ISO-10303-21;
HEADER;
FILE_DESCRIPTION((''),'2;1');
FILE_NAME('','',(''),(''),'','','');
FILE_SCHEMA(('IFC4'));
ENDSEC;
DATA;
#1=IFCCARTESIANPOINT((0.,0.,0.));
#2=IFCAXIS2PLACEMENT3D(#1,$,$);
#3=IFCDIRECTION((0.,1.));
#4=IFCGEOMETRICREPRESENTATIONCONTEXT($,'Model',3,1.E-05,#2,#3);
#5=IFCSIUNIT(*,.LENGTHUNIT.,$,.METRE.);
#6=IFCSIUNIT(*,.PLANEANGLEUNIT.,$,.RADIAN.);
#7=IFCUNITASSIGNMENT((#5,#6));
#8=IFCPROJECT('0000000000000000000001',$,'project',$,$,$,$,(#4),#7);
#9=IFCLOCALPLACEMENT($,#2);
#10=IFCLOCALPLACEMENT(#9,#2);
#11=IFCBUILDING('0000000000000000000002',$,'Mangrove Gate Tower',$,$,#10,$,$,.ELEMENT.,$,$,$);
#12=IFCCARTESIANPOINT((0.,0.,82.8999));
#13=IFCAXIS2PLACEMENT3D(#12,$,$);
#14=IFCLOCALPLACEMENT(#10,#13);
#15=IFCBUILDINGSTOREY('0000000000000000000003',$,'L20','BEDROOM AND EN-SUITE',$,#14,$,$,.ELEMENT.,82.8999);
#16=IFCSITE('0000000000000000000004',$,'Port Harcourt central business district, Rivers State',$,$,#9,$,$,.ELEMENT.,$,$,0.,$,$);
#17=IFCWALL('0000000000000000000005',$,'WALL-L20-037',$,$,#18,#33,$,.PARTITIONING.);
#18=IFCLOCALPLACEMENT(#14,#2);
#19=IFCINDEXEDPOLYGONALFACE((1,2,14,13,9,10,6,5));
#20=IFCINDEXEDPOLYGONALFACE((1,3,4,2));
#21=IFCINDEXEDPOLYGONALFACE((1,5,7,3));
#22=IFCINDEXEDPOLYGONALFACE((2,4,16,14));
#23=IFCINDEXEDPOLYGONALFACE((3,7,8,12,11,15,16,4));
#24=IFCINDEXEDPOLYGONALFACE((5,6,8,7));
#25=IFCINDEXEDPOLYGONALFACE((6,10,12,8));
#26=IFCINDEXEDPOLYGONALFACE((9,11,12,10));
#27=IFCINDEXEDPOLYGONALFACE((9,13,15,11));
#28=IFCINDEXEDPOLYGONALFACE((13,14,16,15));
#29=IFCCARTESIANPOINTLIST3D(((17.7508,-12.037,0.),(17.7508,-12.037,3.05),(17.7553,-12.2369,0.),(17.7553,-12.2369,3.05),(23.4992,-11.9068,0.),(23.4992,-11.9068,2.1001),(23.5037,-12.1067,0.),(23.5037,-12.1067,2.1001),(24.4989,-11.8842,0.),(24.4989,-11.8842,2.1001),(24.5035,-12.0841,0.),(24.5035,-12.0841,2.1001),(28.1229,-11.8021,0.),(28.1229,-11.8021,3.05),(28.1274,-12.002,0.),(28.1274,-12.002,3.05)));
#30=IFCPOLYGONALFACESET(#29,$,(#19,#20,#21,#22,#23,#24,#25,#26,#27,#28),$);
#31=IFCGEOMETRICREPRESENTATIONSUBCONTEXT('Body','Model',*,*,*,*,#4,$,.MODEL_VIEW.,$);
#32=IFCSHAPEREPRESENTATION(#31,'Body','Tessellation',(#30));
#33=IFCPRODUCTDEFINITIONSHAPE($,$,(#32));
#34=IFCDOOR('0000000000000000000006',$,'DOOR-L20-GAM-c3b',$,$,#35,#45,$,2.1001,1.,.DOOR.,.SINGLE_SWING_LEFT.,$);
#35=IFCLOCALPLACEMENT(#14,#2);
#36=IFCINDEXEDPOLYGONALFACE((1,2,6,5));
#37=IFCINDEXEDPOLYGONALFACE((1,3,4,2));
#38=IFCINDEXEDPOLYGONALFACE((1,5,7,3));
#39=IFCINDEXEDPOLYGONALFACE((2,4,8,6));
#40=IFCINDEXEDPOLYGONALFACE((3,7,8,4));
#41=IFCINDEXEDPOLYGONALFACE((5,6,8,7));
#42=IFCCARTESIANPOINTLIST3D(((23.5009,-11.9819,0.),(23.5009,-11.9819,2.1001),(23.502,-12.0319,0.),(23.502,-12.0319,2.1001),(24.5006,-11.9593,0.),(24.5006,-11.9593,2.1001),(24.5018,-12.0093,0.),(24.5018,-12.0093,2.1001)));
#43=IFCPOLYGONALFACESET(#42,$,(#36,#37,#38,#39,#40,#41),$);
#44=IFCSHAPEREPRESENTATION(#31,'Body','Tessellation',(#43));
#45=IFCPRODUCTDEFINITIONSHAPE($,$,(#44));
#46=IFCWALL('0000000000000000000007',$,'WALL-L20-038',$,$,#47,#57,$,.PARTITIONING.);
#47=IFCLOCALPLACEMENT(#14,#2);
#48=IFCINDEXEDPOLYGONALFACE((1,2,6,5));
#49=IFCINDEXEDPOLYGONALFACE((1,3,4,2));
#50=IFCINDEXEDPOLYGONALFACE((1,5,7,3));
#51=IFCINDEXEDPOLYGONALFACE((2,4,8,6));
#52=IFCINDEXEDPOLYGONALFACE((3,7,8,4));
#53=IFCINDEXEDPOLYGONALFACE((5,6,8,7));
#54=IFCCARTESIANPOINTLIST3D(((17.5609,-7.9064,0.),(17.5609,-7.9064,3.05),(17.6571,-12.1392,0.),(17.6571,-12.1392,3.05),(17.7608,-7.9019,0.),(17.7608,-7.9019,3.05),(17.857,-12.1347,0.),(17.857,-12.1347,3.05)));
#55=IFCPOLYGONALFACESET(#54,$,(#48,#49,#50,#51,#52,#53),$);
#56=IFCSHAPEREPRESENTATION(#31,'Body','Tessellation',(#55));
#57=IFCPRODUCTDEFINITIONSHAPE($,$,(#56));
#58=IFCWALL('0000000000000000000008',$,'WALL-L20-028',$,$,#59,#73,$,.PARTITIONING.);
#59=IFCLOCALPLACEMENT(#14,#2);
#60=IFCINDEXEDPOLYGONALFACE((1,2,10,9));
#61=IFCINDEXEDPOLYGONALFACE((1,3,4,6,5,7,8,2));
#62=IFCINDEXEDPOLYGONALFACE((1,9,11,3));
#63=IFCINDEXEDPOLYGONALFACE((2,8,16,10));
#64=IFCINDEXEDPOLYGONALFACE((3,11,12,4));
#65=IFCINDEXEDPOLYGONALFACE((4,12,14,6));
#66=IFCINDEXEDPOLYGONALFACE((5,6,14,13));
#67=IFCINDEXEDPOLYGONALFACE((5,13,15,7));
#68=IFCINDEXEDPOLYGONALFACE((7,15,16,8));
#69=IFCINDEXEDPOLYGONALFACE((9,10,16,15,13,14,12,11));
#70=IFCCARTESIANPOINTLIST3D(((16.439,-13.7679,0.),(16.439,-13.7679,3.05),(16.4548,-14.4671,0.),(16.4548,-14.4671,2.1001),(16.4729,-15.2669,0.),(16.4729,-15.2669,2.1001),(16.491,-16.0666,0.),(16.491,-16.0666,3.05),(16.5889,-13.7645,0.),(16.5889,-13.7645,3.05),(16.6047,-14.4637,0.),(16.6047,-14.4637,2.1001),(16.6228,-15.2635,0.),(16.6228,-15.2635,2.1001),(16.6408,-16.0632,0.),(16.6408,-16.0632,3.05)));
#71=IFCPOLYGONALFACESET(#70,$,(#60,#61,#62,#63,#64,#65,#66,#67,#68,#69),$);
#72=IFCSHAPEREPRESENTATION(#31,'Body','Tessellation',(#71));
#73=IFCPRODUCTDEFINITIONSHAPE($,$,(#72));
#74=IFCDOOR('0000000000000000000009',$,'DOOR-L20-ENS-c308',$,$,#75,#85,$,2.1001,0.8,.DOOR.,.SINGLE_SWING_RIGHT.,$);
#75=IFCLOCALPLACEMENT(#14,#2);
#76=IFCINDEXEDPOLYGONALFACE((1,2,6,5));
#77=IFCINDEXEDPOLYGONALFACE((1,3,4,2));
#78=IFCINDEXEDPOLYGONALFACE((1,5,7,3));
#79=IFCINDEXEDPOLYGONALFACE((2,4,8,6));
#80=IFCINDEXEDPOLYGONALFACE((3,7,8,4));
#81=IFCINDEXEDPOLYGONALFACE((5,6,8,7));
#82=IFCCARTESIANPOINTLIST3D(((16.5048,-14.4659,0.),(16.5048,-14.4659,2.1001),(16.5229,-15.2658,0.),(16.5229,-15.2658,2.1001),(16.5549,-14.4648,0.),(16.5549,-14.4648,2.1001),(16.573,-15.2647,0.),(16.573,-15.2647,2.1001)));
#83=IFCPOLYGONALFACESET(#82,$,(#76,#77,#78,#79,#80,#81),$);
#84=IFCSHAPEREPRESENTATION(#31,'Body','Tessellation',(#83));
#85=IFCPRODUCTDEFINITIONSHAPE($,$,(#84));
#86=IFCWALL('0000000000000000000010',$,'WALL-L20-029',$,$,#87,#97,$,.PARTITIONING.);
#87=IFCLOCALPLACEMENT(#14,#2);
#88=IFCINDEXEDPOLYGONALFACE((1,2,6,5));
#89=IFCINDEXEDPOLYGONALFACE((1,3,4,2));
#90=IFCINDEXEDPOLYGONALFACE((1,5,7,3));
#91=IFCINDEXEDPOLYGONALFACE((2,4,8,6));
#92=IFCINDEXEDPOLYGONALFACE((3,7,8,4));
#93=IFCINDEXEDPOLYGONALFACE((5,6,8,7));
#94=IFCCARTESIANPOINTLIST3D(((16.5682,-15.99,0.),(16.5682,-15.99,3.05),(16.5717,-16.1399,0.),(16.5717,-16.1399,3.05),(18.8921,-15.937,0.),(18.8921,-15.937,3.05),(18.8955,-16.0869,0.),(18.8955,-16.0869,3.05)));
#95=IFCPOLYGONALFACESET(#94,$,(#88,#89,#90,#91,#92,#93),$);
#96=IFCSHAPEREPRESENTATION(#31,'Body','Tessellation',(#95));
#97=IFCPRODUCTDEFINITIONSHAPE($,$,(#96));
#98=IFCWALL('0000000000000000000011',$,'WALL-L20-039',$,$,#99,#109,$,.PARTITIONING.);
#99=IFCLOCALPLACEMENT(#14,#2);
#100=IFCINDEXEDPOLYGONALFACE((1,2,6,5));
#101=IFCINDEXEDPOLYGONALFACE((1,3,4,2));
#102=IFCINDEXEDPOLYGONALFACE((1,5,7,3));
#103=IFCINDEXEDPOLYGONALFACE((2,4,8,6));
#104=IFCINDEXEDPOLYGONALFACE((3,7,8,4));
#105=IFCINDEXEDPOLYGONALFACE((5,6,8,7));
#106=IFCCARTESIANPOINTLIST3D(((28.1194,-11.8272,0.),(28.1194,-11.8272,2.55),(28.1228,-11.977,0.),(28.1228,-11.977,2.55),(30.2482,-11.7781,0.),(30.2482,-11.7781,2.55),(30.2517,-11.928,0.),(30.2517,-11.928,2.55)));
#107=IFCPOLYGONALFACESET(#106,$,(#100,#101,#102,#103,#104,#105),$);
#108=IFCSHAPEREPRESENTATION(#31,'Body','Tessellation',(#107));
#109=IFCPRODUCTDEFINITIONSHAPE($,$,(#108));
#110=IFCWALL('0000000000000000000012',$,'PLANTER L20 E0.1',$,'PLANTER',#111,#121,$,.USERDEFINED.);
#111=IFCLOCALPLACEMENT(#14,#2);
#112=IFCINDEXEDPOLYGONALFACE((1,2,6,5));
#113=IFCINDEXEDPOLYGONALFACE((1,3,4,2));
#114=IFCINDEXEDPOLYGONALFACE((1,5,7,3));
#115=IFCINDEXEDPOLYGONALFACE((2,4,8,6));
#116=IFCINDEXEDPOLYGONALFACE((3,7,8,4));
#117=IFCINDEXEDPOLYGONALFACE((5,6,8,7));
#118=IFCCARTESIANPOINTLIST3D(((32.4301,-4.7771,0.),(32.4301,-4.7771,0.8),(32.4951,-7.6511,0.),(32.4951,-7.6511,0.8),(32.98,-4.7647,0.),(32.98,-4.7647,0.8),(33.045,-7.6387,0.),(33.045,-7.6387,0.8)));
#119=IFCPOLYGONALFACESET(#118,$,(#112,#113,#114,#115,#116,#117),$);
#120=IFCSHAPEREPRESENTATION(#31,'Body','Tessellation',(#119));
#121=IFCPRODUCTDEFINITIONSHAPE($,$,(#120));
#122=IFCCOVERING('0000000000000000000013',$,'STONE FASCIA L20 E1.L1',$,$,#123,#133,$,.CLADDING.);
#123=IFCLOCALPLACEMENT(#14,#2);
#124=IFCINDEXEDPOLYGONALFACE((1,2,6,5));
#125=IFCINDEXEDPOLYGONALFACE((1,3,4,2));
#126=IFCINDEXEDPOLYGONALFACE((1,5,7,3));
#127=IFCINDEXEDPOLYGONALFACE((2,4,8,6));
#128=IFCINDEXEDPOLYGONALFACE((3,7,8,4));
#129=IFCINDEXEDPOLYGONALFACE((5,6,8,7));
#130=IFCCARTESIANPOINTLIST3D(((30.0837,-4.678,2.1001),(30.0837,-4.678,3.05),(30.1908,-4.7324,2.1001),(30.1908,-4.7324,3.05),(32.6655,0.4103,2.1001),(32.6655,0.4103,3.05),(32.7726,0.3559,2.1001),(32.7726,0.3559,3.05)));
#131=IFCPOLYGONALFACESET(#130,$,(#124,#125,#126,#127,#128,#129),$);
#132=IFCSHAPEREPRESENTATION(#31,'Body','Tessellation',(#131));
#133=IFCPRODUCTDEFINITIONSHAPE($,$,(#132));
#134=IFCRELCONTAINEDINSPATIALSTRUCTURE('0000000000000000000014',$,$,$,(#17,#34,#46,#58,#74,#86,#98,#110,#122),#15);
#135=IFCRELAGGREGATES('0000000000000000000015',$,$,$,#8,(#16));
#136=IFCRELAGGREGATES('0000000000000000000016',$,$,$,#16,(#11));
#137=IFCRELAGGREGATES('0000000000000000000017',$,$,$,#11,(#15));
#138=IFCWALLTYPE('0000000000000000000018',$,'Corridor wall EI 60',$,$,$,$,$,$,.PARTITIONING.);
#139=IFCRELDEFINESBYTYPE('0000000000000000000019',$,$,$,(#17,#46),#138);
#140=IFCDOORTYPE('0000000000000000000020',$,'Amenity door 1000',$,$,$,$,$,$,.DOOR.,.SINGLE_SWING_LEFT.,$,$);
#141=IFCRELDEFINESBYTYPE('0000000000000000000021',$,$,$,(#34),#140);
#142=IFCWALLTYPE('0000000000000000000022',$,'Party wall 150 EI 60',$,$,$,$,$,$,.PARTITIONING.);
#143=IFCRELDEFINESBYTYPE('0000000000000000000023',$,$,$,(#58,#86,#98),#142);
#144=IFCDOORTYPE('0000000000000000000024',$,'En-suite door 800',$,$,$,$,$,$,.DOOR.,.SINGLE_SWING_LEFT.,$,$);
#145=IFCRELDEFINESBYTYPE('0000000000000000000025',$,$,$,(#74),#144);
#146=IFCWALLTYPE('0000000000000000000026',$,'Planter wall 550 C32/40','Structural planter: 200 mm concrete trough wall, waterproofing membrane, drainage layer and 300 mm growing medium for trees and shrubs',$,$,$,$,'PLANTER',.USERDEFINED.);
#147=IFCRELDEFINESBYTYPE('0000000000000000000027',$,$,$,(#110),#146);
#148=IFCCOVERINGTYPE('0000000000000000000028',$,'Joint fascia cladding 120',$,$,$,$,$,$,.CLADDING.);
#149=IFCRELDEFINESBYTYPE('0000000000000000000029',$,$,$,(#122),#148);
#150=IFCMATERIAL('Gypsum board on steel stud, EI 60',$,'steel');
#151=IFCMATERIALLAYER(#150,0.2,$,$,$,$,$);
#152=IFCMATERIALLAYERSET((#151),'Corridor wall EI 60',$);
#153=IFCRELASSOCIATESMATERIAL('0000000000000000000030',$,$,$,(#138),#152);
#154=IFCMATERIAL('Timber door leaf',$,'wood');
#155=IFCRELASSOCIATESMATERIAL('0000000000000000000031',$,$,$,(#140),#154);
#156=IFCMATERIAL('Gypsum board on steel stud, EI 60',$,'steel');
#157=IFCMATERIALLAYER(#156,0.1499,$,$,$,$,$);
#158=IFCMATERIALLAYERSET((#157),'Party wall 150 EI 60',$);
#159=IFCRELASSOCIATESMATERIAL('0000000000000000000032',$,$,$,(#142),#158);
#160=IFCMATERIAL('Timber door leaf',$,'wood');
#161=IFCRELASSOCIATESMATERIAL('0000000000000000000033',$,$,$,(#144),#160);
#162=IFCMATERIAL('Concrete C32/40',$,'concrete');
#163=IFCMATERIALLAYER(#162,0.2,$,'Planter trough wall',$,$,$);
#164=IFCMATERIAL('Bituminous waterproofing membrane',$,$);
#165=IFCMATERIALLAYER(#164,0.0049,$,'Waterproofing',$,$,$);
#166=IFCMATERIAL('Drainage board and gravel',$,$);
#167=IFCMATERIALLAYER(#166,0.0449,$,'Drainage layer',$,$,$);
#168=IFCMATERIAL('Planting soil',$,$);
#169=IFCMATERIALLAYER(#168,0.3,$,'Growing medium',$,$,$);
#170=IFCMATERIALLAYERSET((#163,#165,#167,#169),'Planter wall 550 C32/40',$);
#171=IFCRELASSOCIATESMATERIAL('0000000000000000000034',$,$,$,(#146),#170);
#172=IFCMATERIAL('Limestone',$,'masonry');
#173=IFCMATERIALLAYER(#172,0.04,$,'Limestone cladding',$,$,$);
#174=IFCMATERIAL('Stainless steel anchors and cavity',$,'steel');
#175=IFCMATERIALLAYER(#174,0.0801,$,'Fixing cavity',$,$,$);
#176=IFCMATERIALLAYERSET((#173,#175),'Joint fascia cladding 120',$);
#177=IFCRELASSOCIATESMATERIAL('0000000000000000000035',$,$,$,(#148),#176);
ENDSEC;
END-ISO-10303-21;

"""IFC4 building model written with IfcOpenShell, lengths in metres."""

from ifc_helpers import new_model, si_unit, direction, frame, frame_2d, origin, place, context, subcontext, project, spatial, rectangle, extrude, material, layer, layer_set, type_object, element, fill, save


model = new_model("IFC4")

# Units and contexts
model_context = context("Model", 3, precision=1e-05, world=origin(), true_north=direction((0.0, 1.0)))
body_context = subcontext(model_context, "Body", "Model", "MODEL_VIEW")
ifc_project = project(units=[si_unit("LENGTHUNIT", "METRE"), si_unit("PLANEANGLEUNIT", "RADIAN")], contexts=[model_context])

# Site, building, storey
site_placement = place(None, origin())
site = spatial("IfcSite", under=ifc_project, at=site_placement, Name="Port Harcourt central business district, Rivers State", CompositionType="ELEMENT", RefElevation=0.0)
building_placement = place(site_placement, origin())
building = spatial("IfcBuilding", under=site, at=building_placement, Name="Mangrove Gate Tower", CompositionType="ELEMENT")
storey_placement = place(building_placement, frame((0.0, 0.0, 82.8999)))
storey = spatial("IfcBuildingStorey", under=building, at=storey_placement, Name="L20", Description="BEDROOM AND EN-SUITE", CompositionType="ELEMENT", Elevation=82.8999)

# Shared definitions
ifc_material_1 = material(Name="Gypsum board on steel stud, EI 60", Category="steel")
ifc_layer_1 = layer(ifc_material_1, 0.2)
ifc_layer_set_1 = layer_set([ifc_layer_1], Name="Corridor wall EI 60")
wall_type_1 = type_object("IfcWallType", Name="Corridor wall EI 60", PredefinedType="PARTITIONING", material=ifc_layer_set_1)

# Wall, opening, door
wall_1_placement = place(storey_placement, frame((17.7529, -12.137, 0.0), z_axis=(0.0, 0.0, 1.0), x_axis=(0.999744, 0.022638, 0.0)))
wall_1 = element("IfcWall", 1, at=wall_1_placement, inside=storey, type_object=wall_type_1, Name="WALL-L20-037", PredefinedType="PARTITIONING", context=body_context, shape_type="SweptSolid", body=[
    extrude(rectangle(XDim=10.3748, YDim=0.2, at=frame_2d((5.1875, 0.0))), origin(), (0.0, 0.0, 1.0), 3.05),
])
opening_1_placement = place(wall_1_placement, frame((5.75, 0.0, 0.0)))
opening_1 = element("IfcOpeningElement", 2, at=opening_1_placement, cuts=wall_1, PredefinedType="OPENING", context=body_context, shape_type="SweptSolid", body=[
    extrude(rectangle(XDim=1.0, YDim=2.1001, at=frame_2d((0.5, 1.05))), frame((0.0, 0.1099, 0.0), z_axis=(0.0, -1.0, 0.0), x_axis=(1.0, 0.0, 0.0)), (0.0, 0.0, 1.0), 0.22),
])
ifc_material_2 = material(Name="Timber door leaf", Category="wood")
door_type_1 = type_object("IfcDoorType", Name="Amenity door 1000", OperationType="SINGLE_SWING_LEFT", PredefinedType="DOOR", material=ifc_material_2)
door_1_placement = place(opening_1_placement, origin())
door_1 = element("IfcDoor", 3, at=door_1_placement, inside=storey, type_object=door_type_1, Name="DOOR-L20-GAM-c3b", OperationType="SINGLE_SWING_LEFT", OverallHeight=2.1001, OverallWidth=1.0, PredefinedType="DOOR", context=body_context, shape_type="SweptSolid", body=[
    extrude(rectangle(XDim=1.0, YDim=2.1001, at=frame_2d((0.5, 1.05))), frame((0.0, 0.0249, 0.0), z_axis=(0.0, -1.0, 0.0), x_axis=(1.0, 0.0, 0.0)), (0.0, 0.0, 1.0), 0.05),
])
fill(opening_1, door_1)

# Wall
wall_2_placement = place(storey_placement, frame((17.7571, -12.137, 0.0), z_axis=(0.0, 0.0, 1.0), x_axis=(-0.022719, 0.999742, 0.0)))
element("IfcWall", 4, at=wall_2_placement, inside=storey, type_object=wall_type_1, Name="WALL-L20-038", PredefinedType="PARTITIONING", context=body_context, shape_type="SweptSolid", body=[
    extrude(rectangle(XDim=4.2339, YDim=0.2, at=frame_2d((2.1169, 0.0))), origin(), (0.0, 0.0, 1.0), 3.05),
])

# Wall, opening, door
ifc_material_3 = material(Name="Gypsum board on steel stud, EI 60", Category="steel")
ifc_layer_2 = layer(ifc_material_3, 0.1499)
ifc_layer_set_2 = layer_set([ifc_layer_2], Name="Party wall 150 EI 60")
wall_type_2 = type_object("IfcWallType", Name="Party wall 150 EI 60", PredefinedType="PARTITIONING", material=ifc_layer_set_2)
wall_3_placement = place(storey_placement, frame((16.5659, -16.0649, 0.0), z_axis=(0.0, 0.0, 1.0), x_axis=(-0.022615, 0.999744, 0.0)))
wall_3 = element("IfcWall", 5, at=wall_3_placement, inside=storey, type_object=wall_type_2, Name="WALL-L20-028", PredefinedType="PARTITIONING", context=body_context, shape_type="SweptSolid", body=[
    extrude(rectangle(XDim=2.2993, YDim=0.1499, at=frame_2d((1.1497, 0.0))), origin(), (0.0, 0.0, 1.0), 3.05),
])
opening_2_placement = place(wall_3_placement, frame((0.8, 0.0, 0.0)))
opening_2 = element("IfcOpeningElement", 6, at=opening_2_placement, cuts=wall_3, PredefinedType="OPENING", context=body_context, shape_type="SweptSolid", body=[
    extrude(rectangle(XDim=0.8, YDim=2.1001, at=frame_2d((0.3999, 1.05))), frame((0.0, 0.085, 0.0), z_axis=(0.0, -1.0, 0.0), x_axis=(1.0, 0.0, 0.0)), (0.0, 0.0, 1.0), 0.1699),
])
ifc_material_4 = material(Name="Timber door leaf", Category="wood")
door_type_2 = type_object("IfcDoorType", Name="En-suite door 800", OperationType="SINGLE_SWING_LEFT", PredefinedType="DOOR", material=ifc_material_4)
door_2_placement = place(opening_2_placement, origin())
door_2 = element("IfcDoor", 7, at=door_2_placement, inside=storey, type_object=door_type_2, Name="DOOR-L20-ENS-c308", OperationType="SINGLE_SWING_RIGHT", OverallHeight=2.1001, OverallWidth=0.8, PredefinedType="DOOR", context=body_context, shape_type="SweptSolid", body=[
    extrude(rectangle(XDim=0.8, YDim=2.1001, at=frame_2d((0.3999, 1.05))), frame((0.0, 0.0249, 0.0), z_axis=(0.0, -1.0, 0.0), x_axis=(1.0, 0.0, 0.0)), (0.0, 0.0, 1.0), 0.05),
])
fill(opening_2, door_2)

# Walls
wall_4_placement = place(storey_placement, frame((16.5701, -16.0649, 0.0), z_axis=(0.0, 0.0, 1.0), x_axis=(0.99974, 0.022791, 0.0)))
element("IfcWall", 8, at=wall_4_placement, inside=storey, type_object=wall_type_2, Name="WALL-L20-029", PredefinedType="PARTITIONING", context=body_context, shape_type="SweptSolid", body=[
    extrude(rectangle(XDim=2.3245, YDim=0.1499, at=frame_2d((1.1621, 0.0))), origin(), (0.0, 0.0, 1.0), 3.05),
])
wall_5_placement = place(storey_placement, frame((28.1211, -11.9021, 0.0), z_axis=(0.0, 0.0, 1.0), x_axis=(0.999734, 0.023044, 0.0)))
element("IfcWall", 9, at=wall_5_placement, inside=storey, type_object=wall_type_2, Name="WALL-L20-039", PredefinedType="PARTITIONING", context=body_context, shape_type="SweptSolid", body=[
    extrude(rectangle(XDim=2.1294, YDim=0.1499, at=frame_2d((1.0647, 0.0))), origin(), (0.0, 0.0, 1.0), 2.55),
])
ifc_material_5 = material(Name="Concrete C32/40", Category="concrete")
ifc_layer_3 = layer(ifc_material_5, 0.2, Name="Planter trough wall")
ifc_material_6 = material(Name="Bituminous waterproofing membrane")
ifc_layer_4 = layer(ifc_material_6, 0.0049, Name="Waterproofing")
ifc_material_7 = material(Name="Drainage board and gravel")
ifc_layer_5 = layer(ifc_material_7, 0.0449, Name="Drainage layer")
ifc_material_8 = material(Name="Planting soil")
ifc_layer_6 = layer(ifc_material_8, 0.3, Name="Growing medium")
ifc_layer_set_3 = layer_set([ifc_layer_3, ifc_layer_4, ifc_layer_5, ifc_layer_6], Name="Planter wall 550 C32/40")
wall_type_3 = type_object("IfcWallType", Name="Planter wall 550 C32/40", Description="Structural planter: 200 mm concrete trough wall, waterproofing membrane, drainage layer and 300 mm growing medium for trees and shrubs", ElementType="PLANTER", PredefinedType="USERDEFINED", material=ifc_layer_set_3)
wall_6_placement = place(storey_placement, frame((32.77, -7.645, 0.0), z_axis=(0.0, 0.0, 1.0), x_axis=(-0.02259, 0.999745, 0.0)))
element("IfcWall", 10, at=wall_6_placement, inside=storey, type_object=wall_type_3, Name="PLANTER L20 E0.1", ObjectType="PLANTER", PredefinedType="USERDEFINED", context=body_context, shape_type="SweptSolid", body=[
    extrude(rectangle(XDim=2.8748, YDim=0.55, at=frame_2d((1.4375, 0.0))), origin(), (0.0, 0.0, 1.0), 0.8),
])

# Covering
ifc_material_9 = material(Name="Limestone", Category="masonry")
ifc_layer_7 = layer(ifc_material_9, 0.04, Name="Limestone cladding")
ifc_material_10 = material(Name="Stainless steel anchors and cavity", Category="steel")
ifc_layer_8 = layer(ifc_material_10, 0.0801, Name="Fixing cavity")
ifc_layer_set_4 = layer_set([ifc_layer_7, ifc_layer_8], Name="Joint fascia cladding 120")
covering_type = type_object("IfcCoveringType", Name="Joint fascia cladding 120", PredefinedType="CLADDING", material=ifc_layer_set_4)
covering_placement = place(storey_placement, frame((30.1372, -4.7053, 2.1001), z_axis=(0.0, 0.0, 1.0), x_axis=(0.452477, 0.891776, 0.0)))
element("IfcCovering", 11, at=covering_placement, inside=storey, type_object=covering_type, Name="STONE FASCIA L20 E1.L1", PredefinedType="CLADDING", context=body_context, shape_type="SweptSolid", body=[
    extrude(rectangle(XDim=5.7058, YDim=0.1201, at=frame_2d((2.853, 0.0))), origin(), (0.0, 0.0, 1.0), 0.95),
])

save(model, "model.ifc")
